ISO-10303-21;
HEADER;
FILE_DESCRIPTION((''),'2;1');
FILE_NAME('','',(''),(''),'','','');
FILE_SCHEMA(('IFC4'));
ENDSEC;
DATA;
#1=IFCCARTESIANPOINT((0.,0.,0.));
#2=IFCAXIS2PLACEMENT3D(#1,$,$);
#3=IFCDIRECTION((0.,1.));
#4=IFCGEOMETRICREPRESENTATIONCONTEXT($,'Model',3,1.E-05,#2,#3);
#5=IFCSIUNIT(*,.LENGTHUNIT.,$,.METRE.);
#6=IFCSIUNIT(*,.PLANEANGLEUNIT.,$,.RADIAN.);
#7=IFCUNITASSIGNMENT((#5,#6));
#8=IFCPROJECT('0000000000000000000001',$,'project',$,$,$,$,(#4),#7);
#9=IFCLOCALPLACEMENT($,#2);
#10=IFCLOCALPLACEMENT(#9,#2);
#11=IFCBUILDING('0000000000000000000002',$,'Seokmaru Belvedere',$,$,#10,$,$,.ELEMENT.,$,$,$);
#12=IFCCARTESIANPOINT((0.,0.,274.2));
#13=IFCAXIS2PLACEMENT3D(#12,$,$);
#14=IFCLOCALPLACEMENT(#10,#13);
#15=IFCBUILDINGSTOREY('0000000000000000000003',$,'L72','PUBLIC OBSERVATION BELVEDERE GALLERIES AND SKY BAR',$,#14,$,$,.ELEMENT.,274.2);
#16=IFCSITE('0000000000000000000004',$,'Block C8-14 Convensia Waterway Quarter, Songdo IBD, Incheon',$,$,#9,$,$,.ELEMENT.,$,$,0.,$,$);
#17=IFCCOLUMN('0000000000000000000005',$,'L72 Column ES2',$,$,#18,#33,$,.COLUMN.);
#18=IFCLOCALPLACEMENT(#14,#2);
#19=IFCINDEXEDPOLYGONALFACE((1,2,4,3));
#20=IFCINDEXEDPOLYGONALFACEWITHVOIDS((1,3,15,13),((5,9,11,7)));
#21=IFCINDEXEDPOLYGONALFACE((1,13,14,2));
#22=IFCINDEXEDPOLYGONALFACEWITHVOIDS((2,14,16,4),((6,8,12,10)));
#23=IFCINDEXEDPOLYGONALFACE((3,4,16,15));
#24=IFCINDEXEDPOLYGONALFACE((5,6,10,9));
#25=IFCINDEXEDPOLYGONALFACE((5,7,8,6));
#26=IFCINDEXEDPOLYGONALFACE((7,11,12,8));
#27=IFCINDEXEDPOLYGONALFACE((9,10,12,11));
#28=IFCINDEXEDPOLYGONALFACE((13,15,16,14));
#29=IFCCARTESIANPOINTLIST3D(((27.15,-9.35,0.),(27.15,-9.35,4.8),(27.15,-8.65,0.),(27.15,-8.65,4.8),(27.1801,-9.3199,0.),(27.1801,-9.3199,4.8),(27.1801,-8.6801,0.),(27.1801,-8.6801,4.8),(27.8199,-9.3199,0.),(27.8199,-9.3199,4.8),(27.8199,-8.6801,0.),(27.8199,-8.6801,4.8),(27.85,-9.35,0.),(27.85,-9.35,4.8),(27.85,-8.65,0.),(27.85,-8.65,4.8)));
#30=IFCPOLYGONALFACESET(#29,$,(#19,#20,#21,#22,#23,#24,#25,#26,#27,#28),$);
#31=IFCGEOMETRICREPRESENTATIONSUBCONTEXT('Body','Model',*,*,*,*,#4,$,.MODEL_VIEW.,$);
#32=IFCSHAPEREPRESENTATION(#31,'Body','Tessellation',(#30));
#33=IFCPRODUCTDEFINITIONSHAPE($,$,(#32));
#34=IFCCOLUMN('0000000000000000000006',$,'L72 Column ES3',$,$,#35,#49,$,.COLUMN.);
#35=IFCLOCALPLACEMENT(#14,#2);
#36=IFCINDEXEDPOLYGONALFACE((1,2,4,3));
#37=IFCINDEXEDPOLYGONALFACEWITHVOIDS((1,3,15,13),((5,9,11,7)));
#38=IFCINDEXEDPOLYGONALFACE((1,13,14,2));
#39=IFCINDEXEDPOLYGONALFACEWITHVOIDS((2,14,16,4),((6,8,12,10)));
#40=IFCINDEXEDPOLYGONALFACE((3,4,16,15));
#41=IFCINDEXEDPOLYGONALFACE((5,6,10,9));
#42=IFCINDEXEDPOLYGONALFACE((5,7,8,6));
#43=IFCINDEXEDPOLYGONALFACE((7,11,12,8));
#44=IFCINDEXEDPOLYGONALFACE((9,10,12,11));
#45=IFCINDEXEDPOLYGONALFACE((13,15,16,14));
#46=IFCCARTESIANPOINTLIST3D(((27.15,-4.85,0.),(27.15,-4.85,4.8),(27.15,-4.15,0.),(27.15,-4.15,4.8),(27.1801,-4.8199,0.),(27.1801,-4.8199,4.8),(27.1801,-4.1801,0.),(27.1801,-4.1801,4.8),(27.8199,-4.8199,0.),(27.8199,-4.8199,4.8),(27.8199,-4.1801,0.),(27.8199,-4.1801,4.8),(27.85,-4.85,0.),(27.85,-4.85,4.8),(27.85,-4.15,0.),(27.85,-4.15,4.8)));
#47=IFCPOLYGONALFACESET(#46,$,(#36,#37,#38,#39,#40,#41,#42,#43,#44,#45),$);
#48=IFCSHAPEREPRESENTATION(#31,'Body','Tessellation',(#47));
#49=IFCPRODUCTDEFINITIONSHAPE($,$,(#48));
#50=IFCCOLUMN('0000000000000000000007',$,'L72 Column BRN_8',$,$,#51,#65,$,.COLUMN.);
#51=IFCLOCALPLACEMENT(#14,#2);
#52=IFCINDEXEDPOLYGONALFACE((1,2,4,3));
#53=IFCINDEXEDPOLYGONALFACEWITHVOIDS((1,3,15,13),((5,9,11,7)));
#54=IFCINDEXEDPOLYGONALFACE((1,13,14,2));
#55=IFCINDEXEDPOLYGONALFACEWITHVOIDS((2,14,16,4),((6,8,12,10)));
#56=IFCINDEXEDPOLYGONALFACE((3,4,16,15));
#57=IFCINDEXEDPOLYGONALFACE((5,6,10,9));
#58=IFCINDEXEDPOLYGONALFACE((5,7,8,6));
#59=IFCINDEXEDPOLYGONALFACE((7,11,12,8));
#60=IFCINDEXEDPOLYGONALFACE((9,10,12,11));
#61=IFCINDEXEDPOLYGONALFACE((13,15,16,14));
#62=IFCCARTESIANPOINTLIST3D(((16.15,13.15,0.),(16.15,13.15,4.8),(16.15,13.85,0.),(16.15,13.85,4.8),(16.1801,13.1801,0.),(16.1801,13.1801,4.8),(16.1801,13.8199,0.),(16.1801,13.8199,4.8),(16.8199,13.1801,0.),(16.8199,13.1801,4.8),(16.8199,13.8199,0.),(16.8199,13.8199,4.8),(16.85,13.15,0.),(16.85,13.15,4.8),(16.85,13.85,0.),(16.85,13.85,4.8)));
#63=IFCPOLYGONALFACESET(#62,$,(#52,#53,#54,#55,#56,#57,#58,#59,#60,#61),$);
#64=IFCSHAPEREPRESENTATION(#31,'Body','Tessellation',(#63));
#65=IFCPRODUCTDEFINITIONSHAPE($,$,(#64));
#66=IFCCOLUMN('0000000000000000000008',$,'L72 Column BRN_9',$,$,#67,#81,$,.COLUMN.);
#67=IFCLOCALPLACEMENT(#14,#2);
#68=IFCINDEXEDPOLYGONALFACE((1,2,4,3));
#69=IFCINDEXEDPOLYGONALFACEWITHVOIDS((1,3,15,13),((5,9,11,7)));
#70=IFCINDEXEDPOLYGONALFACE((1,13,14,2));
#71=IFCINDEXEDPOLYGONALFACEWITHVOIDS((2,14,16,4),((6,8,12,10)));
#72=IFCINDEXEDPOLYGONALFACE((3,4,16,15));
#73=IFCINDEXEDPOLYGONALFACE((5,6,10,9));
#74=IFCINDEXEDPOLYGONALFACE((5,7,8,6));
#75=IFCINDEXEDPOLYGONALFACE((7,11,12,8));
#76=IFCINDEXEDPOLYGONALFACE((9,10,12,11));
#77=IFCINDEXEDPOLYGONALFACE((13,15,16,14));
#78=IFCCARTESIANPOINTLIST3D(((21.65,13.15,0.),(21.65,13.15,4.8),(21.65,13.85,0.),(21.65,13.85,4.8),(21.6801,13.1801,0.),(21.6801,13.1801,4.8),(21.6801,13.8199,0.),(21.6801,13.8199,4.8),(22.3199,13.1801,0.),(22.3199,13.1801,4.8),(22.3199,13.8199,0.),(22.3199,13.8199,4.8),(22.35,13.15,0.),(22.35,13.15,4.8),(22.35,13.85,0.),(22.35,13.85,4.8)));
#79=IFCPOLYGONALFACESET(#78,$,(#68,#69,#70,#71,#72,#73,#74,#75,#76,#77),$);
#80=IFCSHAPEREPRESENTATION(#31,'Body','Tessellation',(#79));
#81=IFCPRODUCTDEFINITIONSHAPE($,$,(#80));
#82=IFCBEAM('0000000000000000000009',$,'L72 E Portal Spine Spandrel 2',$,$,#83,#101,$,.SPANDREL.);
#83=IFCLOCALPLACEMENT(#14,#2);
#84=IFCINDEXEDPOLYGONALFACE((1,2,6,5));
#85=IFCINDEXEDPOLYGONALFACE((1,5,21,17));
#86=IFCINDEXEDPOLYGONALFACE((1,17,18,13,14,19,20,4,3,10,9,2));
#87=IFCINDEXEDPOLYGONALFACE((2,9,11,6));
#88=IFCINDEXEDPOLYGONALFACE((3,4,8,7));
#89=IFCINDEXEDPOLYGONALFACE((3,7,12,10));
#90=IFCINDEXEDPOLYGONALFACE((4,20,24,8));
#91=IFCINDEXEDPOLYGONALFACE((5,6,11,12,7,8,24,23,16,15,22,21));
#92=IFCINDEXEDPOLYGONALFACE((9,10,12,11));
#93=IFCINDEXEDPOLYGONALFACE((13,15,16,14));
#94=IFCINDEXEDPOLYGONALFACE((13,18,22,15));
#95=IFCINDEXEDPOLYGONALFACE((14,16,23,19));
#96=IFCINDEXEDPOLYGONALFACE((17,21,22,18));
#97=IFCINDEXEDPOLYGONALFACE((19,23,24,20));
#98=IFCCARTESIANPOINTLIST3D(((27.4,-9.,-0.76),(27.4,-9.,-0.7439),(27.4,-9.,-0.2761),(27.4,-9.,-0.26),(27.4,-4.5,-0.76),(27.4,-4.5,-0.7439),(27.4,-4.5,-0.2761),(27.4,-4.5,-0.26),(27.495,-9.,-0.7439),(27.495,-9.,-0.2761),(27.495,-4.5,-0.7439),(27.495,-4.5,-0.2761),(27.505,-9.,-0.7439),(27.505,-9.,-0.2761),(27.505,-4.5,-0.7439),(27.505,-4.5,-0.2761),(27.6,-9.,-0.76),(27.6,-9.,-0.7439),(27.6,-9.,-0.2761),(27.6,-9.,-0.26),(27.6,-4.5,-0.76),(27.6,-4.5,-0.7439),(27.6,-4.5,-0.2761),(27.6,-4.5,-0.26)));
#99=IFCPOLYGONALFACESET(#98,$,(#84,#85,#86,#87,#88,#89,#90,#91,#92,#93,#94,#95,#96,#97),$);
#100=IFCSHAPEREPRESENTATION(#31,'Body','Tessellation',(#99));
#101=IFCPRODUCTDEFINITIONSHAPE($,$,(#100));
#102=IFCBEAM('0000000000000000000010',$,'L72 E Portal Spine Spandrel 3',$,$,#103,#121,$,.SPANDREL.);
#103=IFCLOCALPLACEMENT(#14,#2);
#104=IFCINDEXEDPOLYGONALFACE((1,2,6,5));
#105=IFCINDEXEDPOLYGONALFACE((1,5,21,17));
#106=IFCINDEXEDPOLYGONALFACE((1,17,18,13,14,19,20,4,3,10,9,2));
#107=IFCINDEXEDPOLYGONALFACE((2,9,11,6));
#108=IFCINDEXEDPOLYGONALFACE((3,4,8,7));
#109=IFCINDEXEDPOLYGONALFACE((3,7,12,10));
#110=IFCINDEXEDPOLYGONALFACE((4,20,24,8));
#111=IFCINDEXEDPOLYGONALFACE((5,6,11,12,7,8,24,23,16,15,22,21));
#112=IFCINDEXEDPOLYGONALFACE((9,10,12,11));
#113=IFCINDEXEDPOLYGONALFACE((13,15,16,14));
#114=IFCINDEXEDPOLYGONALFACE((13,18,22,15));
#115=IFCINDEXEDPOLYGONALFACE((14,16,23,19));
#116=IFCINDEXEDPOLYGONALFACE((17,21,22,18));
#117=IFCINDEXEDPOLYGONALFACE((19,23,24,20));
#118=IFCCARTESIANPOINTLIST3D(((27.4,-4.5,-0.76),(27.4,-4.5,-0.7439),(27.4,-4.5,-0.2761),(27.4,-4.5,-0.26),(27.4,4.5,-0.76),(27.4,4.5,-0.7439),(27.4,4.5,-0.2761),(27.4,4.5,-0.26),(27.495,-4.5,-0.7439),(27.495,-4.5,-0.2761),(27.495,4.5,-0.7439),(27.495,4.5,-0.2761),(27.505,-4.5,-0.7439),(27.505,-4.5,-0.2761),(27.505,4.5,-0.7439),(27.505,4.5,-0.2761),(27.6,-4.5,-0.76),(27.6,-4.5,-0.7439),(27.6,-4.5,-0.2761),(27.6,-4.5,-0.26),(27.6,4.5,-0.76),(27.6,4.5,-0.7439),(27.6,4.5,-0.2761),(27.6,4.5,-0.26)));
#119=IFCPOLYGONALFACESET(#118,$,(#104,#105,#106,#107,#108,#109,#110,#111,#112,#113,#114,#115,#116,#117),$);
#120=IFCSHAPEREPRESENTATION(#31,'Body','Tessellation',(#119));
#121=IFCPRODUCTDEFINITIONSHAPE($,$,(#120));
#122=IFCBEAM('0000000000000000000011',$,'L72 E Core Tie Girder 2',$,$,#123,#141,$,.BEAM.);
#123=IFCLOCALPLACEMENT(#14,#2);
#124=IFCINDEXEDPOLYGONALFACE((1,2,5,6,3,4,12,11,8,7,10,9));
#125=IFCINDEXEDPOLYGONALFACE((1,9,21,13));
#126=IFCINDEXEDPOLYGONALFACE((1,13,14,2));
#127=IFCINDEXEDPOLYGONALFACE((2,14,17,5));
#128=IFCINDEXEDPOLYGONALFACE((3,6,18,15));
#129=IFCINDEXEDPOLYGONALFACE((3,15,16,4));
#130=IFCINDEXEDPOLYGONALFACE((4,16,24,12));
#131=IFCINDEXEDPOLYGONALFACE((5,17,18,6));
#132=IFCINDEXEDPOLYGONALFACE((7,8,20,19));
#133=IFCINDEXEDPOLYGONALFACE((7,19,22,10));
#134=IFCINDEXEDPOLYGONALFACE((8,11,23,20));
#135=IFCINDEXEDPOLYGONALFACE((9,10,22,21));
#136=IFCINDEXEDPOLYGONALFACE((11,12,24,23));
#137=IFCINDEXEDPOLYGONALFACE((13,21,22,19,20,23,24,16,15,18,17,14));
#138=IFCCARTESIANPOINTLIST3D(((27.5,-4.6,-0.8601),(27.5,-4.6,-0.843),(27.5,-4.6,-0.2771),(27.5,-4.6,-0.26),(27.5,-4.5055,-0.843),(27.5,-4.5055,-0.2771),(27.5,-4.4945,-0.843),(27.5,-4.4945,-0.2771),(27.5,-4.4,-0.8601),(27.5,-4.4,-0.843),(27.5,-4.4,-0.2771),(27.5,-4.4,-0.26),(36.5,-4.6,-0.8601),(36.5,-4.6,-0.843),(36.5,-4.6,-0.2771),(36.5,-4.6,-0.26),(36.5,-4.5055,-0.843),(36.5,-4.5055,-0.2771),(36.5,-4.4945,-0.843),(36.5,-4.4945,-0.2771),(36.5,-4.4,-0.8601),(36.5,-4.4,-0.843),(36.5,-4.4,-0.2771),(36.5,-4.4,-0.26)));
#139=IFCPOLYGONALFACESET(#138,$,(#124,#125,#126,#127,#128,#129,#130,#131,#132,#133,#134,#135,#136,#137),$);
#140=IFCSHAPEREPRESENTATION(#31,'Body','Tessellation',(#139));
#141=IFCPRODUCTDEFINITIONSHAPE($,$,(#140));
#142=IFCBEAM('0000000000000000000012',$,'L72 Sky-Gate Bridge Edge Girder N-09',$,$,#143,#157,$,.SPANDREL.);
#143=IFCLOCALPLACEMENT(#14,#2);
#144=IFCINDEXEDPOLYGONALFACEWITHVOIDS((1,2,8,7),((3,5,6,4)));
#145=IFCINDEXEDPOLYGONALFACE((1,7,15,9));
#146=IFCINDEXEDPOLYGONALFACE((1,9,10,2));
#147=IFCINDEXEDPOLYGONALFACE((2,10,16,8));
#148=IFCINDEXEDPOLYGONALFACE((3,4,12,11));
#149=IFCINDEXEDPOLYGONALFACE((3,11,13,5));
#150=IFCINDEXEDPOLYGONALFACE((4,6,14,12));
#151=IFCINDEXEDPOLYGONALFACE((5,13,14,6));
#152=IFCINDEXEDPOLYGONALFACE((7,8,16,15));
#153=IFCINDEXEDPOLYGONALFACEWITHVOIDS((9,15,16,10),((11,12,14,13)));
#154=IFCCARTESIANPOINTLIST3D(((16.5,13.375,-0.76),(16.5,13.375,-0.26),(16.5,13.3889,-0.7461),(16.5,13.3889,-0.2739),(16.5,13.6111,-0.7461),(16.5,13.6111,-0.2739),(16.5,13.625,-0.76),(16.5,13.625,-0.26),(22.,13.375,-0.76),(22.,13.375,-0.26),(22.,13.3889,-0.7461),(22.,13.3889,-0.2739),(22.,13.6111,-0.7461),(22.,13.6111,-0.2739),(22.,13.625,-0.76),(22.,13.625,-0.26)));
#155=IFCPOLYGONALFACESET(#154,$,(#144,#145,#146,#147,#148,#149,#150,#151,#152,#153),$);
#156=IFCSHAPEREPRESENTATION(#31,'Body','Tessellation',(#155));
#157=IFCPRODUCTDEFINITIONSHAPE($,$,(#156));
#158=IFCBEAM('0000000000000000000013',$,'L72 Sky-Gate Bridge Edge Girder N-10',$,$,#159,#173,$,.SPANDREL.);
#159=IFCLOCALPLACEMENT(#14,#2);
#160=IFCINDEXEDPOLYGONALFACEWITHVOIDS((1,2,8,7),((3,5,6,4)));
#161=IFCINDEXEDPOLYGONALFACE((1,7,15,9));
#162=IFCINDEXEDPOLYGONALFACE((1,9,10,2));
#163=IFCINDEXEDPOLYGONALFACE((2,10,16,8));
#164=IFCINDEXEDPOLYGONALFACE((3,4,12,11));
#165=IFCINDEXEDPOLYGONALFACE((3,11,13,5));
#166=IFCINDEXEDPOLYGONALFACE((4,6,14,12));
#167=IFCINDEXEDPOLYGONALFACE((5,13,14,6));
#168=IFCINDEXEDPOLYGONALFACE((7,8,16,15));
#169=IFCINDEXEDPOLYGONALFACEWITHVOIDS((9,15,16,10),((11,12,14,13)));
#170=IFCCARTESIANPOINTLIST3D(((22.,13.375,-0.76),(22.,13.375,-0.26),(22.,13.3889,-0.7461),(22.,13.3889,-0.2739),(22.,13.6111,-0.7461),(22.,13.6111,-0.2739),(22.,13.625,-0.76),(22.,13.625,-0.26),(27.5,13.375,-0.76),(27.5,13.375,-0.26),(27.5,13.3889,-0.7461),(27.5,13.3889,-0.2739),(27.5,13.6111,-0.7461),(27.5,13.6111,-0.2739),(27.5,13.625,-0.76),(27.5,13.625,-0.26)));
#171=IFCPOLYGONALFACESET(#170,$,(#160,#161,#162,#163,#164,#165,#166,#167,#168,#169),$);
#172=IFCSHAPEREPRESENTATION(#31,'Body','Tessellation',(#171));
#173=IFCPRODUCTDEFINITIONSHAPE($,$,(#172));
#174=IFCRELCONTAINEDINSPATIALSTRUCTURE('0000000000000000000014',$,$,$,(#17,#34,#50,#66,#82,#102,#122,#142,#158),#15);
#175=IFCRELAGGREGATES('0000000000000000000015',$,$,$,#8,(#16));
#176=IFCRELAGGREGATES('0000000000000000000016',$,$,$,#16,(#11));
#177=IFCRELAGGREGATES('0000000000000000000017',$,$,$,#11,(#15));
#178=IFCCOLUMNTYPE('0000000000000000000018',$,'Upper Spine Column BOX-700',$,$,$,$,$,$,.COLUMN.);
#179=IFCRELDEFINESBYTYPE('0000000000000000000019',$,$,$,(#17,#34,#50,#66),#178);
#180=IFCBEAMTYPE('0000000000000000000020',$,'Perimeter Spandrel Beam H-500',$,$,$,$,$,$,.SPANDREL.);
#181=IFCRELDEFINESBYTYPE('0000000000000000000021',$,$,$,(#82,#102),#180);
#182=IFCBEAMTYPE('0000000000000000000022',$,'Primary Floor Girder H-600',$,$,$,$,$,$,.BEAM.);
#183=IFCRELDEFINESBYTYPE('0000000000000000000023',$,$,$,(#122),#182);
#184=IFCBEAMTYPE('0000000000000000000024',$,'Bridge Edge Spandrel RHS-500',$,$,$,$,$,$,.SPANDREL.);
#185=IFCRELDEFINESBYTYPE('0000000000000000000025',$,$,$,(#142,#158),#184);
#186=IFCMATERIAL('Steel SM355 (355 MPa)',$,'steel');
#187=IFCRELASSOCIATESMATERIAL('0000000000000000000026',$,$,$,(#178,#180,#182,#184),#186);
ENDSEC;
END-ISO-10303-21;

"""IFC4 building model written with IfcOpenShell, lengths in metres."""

from ifc_helpers import new_model, si_unit, direction, frame, origin, origin_2d, place, context, subcontext, project, spatial, hollow_rectangle, i_section, extrude, source, transform, mapped, material, material_profile, profile_set, type_object, type_shapes, element, save


model = new_model("IFC4")

# Units and contexts
model_context = context("Model", 3, precision=1e-05, world=origin(), true_north=direction((0.0, 1.0)))
body_context = subcontext(model_context, "Body", "Model", "MODEL_VIEW")
ifc_project = project(units=[si_unit("LENGTHUNIT", "METRE"), si_unit("PLANEANGLEUNIT", "RADIAN")], contexts=[model_context])

# Site, building, storey
site_placement = place(None, origin())
site = spatial("IfcSite", under=ifc_project, at=site_placement, Name="Block C8-14 Convensia Waterway Quarter, Songdo IBD, Incheon", CompositionType="ELEMENT", RefElevation=0.0)
building_placement = place(site_placement, origin())
building = spatial("IfcBuilding", under=site, at=building_placement, Name="Seokmaru Belvedere", CompositionType="ELEMENT")
storey_placement = place(building_placement, frame((0.0, 0.0, 274.2)))
storey = spatial("IfcBuildingStorey", under=building, at=storey_placement, Name="L72", Description="PUBLIC OBSERVATION BELVEDERE GALLERIES AND SKY BAR", CompositionType="ELEMENT", Elevation=274.2)

# Columns
ifc_material_1 = material(Name="Steel SM355 (355 MPa)", Category="steel")
ifc_material_profile_1 = material_profile(ifc_material_1, hollow_rectangle(XDim=0.7, YDim=0.7, WallThickness=0.03, at=origin_2d()), Name="BOX-700x700x30")
ifc_profile_set_1 = profile_set([ifc_material_profile_1], Name="Steel SM355 (355 MPa)")
column_type = type_object("IfcColumnType", Name="Upper Spine Column BOX-700", PredefinedType="COLUMN", material=ifc_profile_set_1)
shared_shape_1 = source(origin(), body_context, "Body", "SweptSolid", [
    extrude(hollow_rectangle(XDim=0.7, YDim=0.7, WallThickness=0.03, at=origin_2d()), origin(), (0.0, 0.0, 1.0), 4.8),
])
type_shapes(column_type, [shared_shape_1])
for number, where, z_axis, x_axis, name in (
    (1, (27.5, -9.0, 0.0), (0.0, 0.0, 1.0), (1.0, 0.0, 0.0), "L72 Column ES2"),
    (2, (27.5, -4.5, 0.0), (0.0, 0.0, 1.0), (1.0, 0.0, 0.0), "L72 Column ES3"),
    (3, (16.5, 13.5, 0.0), (0.0, 0.0, 1.0), (1.0, 0.0, 0.0), "L72 Column BRN_8"),
    (4, (22.0, 13.5, 0.0), (0.0, 0.0, 1.0), (1.0, 0.0, 0.0), "L72 Column BRN_9"),
):
    element("IfcColumn", number, at=place(storey_placement, frame(where, z_axis=z_axis, x_axis=x_axis)), inside=storey, type_object=column_type, Name=name, PredefinedType="COLUMN", context=body_context, shape_type="MappedRepresentation", body=[
        mapped(shared_shape_1, transform((0.0, 0.0, 0.0), scale=1.0)),
    ])

# Beams
ifc_material_profile_2 = material_profile(ifc_material_1, i_section(OverallWidth=0.2, OverallDepth=0.5, WebThickness=0.01, FlangeThickness=0.0161, at=origin_2d()), Name="H-500x200x10x16")
ifc_profile_set_2 = profile_set([ifc_material_profile_2], Name="Steel SM355 (355 MPa)")
beam_type_1 = type_object("IfcBeamType", Name="Perimeter Spandrel Beam H-500", PredefinedType="SPANDREL", material=ifc_profile_set_2)
shared_shape_2 = source(origin(), body_context, "Body", "SweptSolid", [
    extrude(i_section(OverallWidth=0.2, OverallDepth=0.5, WebThickness=0.01, FlangeThickness=0.0161, at=origin_2d()), origin(), (0.0, 0.0, 1.0), 4.5),
])
beam_1_placement = place(storey_placement, frame((27.5, -9.0, -0.51), z_axis=(0.0, 1.0, 0.0), x_axis=(-1.0, 0.0, 0.0)))
element("IfcBeam", 5, at=beam_1_placement, inside=storey, type_object=beam_type_1, Name="L72 E Portal Spine Spandrel 2", PredefinedType="SPANDREL", context=body_context, shape_type="MappedRepresentation", body=[
    mapped(shared_shape_2, transform((0.0, 0.0, 0.0), scale=1.0)),
])
shared_shape_3 = source(origin(), body_context, "Body", "SweptSolid", [
    extrude(i_section(OverallWidth=0.2, OverallDepth=0.5, WebThickness=0.01, FlangeThickness=0.0161, at=origin_2d()), origin(), (0.0, 0.0, 1.0), 9.0),
])
type_shapes(beam_type_1, [shared_shape_2, shared_shape_3])
beam_2_placement = place(storey_placement, frame((27.5, -4.5, -0.51), z_axis=(0.0, 1.0, 0.0), x_axis=(-1.0, 0.0, 0.0)))
element("IfcBeam", 6, at=beam_2_placement, inside=storey, type_object=beam_type_1, Name="L72 E Portal Spine Spandrel 3", PredefinedType="SPANDREL", context=body_context, shape_type="MappedRepresentation", body=[
    mapped(shared_shape_3, transform((0.0, 0.0, 0.0), scale=1.0)),
])
ifc_material_profile_3 = material_profile(ifc_material_1, i_section(OverallWidth=0.2, OverallDepth=0.6001, WebThickness=0.011, FlangeThickness=0.0171, at=origin_2d()), Name="H-600x200x11x17")
ifc_profile_set_3 = profile_set([ifc_material_profile_3], Name="Steel SM355 (355 MPa)")
beam_type_2 = type_object("IfcBeamType", Name="Primary Floor Girder H-600", PredefinedType="BEAM", material=ifc_profile_set_3)
shared_shape_4 = source(origin(), body_context, "Body", "SweptSolid", [
    extrude(i_section(OverallWidth=0.2, OverallDepth=0.6001, WebThickness=0.011, FlangeThickness=0.0171, at=origin_2d()), origin(), (0.0, 0.0, 1.0), 9.0),
])
type_shapes(beam_type_2, [shared_shape_4])
beam_3_placement = place(storey_placement, frame((27.5, -4.5, -0.5601), z_axis=(1.0, 0.0, 0.0), x_axis=(0.0, 1.0, 0.0)))
element("IfcBeam", 7, at=beam_3_placement, inside=storey, type_object=beam_type_2, Name="L72 E Core Tie Girder 2", PredefinedType="BEAM", context=body_context, shape_type="MappedRepresentation", body=[
    mapped(shared_shape_4, transform((0.0, 0.0, 0.0), scale=1.0)),
])
ifc_material_profile_4 = material_profile(ifc_material_1, hollow_rectangle(XDim=0.25, YDim=0.5, WallThickness=0.0139, at=origin_2d()), Name="RHS-500x250x14")
ifc_profile_set_4 = profile_set([ifc_material_profile_4], Name="Steel SM355 (355 MPa)")
beam_type_3 = type_object("IfcBeamType", Name="Bridge Edge Spandrel RHS-500", PredefinedType="SPANDREL", material=ifc_profile_set_4)
shared_shape_5 = source(origin(), body_context, "Body", "SweptSolid", [
    extrude(hollow_rectangle(XDim=0.25, YDim=0.5, WallThickness=0.0139, at=origin_2d()), origin(), (0.0, 0.0, 1.0), 5.5),
])
type_shapes(beam_type_3, [shared_shape_5])
for number, where, z_axis, x_axis, name in (
    (8, (16.5, 13.5, -0.51), (1.0, 0.0, 0.0), (0.0, 1.0, 0.0), "L72 Sky-Gate Bridge Edge Girder N-09"),
    (9, (22.0, 13.5, -0.51), (1.0, 0.0, 0.0), (0.0, 1.0, 0.0), "L72 Sky-Gate Bridge Edge Girder N-10"),
):
    element("IfcBeam", number, at=place(storey_placement, frame(where, z_axis=z_axis, x_axis=x_axis)), inside=storey, type_object=beam_type_3, Name=name, PredefinedType="SPANDREL", context=body_context, shape_type="MappedRepresentation", body=[
        mapped(shared_shape_5, transform((0.0, 0.0, 0.0), scale=1.0)),
    ])

save(model, "model.ifc")
